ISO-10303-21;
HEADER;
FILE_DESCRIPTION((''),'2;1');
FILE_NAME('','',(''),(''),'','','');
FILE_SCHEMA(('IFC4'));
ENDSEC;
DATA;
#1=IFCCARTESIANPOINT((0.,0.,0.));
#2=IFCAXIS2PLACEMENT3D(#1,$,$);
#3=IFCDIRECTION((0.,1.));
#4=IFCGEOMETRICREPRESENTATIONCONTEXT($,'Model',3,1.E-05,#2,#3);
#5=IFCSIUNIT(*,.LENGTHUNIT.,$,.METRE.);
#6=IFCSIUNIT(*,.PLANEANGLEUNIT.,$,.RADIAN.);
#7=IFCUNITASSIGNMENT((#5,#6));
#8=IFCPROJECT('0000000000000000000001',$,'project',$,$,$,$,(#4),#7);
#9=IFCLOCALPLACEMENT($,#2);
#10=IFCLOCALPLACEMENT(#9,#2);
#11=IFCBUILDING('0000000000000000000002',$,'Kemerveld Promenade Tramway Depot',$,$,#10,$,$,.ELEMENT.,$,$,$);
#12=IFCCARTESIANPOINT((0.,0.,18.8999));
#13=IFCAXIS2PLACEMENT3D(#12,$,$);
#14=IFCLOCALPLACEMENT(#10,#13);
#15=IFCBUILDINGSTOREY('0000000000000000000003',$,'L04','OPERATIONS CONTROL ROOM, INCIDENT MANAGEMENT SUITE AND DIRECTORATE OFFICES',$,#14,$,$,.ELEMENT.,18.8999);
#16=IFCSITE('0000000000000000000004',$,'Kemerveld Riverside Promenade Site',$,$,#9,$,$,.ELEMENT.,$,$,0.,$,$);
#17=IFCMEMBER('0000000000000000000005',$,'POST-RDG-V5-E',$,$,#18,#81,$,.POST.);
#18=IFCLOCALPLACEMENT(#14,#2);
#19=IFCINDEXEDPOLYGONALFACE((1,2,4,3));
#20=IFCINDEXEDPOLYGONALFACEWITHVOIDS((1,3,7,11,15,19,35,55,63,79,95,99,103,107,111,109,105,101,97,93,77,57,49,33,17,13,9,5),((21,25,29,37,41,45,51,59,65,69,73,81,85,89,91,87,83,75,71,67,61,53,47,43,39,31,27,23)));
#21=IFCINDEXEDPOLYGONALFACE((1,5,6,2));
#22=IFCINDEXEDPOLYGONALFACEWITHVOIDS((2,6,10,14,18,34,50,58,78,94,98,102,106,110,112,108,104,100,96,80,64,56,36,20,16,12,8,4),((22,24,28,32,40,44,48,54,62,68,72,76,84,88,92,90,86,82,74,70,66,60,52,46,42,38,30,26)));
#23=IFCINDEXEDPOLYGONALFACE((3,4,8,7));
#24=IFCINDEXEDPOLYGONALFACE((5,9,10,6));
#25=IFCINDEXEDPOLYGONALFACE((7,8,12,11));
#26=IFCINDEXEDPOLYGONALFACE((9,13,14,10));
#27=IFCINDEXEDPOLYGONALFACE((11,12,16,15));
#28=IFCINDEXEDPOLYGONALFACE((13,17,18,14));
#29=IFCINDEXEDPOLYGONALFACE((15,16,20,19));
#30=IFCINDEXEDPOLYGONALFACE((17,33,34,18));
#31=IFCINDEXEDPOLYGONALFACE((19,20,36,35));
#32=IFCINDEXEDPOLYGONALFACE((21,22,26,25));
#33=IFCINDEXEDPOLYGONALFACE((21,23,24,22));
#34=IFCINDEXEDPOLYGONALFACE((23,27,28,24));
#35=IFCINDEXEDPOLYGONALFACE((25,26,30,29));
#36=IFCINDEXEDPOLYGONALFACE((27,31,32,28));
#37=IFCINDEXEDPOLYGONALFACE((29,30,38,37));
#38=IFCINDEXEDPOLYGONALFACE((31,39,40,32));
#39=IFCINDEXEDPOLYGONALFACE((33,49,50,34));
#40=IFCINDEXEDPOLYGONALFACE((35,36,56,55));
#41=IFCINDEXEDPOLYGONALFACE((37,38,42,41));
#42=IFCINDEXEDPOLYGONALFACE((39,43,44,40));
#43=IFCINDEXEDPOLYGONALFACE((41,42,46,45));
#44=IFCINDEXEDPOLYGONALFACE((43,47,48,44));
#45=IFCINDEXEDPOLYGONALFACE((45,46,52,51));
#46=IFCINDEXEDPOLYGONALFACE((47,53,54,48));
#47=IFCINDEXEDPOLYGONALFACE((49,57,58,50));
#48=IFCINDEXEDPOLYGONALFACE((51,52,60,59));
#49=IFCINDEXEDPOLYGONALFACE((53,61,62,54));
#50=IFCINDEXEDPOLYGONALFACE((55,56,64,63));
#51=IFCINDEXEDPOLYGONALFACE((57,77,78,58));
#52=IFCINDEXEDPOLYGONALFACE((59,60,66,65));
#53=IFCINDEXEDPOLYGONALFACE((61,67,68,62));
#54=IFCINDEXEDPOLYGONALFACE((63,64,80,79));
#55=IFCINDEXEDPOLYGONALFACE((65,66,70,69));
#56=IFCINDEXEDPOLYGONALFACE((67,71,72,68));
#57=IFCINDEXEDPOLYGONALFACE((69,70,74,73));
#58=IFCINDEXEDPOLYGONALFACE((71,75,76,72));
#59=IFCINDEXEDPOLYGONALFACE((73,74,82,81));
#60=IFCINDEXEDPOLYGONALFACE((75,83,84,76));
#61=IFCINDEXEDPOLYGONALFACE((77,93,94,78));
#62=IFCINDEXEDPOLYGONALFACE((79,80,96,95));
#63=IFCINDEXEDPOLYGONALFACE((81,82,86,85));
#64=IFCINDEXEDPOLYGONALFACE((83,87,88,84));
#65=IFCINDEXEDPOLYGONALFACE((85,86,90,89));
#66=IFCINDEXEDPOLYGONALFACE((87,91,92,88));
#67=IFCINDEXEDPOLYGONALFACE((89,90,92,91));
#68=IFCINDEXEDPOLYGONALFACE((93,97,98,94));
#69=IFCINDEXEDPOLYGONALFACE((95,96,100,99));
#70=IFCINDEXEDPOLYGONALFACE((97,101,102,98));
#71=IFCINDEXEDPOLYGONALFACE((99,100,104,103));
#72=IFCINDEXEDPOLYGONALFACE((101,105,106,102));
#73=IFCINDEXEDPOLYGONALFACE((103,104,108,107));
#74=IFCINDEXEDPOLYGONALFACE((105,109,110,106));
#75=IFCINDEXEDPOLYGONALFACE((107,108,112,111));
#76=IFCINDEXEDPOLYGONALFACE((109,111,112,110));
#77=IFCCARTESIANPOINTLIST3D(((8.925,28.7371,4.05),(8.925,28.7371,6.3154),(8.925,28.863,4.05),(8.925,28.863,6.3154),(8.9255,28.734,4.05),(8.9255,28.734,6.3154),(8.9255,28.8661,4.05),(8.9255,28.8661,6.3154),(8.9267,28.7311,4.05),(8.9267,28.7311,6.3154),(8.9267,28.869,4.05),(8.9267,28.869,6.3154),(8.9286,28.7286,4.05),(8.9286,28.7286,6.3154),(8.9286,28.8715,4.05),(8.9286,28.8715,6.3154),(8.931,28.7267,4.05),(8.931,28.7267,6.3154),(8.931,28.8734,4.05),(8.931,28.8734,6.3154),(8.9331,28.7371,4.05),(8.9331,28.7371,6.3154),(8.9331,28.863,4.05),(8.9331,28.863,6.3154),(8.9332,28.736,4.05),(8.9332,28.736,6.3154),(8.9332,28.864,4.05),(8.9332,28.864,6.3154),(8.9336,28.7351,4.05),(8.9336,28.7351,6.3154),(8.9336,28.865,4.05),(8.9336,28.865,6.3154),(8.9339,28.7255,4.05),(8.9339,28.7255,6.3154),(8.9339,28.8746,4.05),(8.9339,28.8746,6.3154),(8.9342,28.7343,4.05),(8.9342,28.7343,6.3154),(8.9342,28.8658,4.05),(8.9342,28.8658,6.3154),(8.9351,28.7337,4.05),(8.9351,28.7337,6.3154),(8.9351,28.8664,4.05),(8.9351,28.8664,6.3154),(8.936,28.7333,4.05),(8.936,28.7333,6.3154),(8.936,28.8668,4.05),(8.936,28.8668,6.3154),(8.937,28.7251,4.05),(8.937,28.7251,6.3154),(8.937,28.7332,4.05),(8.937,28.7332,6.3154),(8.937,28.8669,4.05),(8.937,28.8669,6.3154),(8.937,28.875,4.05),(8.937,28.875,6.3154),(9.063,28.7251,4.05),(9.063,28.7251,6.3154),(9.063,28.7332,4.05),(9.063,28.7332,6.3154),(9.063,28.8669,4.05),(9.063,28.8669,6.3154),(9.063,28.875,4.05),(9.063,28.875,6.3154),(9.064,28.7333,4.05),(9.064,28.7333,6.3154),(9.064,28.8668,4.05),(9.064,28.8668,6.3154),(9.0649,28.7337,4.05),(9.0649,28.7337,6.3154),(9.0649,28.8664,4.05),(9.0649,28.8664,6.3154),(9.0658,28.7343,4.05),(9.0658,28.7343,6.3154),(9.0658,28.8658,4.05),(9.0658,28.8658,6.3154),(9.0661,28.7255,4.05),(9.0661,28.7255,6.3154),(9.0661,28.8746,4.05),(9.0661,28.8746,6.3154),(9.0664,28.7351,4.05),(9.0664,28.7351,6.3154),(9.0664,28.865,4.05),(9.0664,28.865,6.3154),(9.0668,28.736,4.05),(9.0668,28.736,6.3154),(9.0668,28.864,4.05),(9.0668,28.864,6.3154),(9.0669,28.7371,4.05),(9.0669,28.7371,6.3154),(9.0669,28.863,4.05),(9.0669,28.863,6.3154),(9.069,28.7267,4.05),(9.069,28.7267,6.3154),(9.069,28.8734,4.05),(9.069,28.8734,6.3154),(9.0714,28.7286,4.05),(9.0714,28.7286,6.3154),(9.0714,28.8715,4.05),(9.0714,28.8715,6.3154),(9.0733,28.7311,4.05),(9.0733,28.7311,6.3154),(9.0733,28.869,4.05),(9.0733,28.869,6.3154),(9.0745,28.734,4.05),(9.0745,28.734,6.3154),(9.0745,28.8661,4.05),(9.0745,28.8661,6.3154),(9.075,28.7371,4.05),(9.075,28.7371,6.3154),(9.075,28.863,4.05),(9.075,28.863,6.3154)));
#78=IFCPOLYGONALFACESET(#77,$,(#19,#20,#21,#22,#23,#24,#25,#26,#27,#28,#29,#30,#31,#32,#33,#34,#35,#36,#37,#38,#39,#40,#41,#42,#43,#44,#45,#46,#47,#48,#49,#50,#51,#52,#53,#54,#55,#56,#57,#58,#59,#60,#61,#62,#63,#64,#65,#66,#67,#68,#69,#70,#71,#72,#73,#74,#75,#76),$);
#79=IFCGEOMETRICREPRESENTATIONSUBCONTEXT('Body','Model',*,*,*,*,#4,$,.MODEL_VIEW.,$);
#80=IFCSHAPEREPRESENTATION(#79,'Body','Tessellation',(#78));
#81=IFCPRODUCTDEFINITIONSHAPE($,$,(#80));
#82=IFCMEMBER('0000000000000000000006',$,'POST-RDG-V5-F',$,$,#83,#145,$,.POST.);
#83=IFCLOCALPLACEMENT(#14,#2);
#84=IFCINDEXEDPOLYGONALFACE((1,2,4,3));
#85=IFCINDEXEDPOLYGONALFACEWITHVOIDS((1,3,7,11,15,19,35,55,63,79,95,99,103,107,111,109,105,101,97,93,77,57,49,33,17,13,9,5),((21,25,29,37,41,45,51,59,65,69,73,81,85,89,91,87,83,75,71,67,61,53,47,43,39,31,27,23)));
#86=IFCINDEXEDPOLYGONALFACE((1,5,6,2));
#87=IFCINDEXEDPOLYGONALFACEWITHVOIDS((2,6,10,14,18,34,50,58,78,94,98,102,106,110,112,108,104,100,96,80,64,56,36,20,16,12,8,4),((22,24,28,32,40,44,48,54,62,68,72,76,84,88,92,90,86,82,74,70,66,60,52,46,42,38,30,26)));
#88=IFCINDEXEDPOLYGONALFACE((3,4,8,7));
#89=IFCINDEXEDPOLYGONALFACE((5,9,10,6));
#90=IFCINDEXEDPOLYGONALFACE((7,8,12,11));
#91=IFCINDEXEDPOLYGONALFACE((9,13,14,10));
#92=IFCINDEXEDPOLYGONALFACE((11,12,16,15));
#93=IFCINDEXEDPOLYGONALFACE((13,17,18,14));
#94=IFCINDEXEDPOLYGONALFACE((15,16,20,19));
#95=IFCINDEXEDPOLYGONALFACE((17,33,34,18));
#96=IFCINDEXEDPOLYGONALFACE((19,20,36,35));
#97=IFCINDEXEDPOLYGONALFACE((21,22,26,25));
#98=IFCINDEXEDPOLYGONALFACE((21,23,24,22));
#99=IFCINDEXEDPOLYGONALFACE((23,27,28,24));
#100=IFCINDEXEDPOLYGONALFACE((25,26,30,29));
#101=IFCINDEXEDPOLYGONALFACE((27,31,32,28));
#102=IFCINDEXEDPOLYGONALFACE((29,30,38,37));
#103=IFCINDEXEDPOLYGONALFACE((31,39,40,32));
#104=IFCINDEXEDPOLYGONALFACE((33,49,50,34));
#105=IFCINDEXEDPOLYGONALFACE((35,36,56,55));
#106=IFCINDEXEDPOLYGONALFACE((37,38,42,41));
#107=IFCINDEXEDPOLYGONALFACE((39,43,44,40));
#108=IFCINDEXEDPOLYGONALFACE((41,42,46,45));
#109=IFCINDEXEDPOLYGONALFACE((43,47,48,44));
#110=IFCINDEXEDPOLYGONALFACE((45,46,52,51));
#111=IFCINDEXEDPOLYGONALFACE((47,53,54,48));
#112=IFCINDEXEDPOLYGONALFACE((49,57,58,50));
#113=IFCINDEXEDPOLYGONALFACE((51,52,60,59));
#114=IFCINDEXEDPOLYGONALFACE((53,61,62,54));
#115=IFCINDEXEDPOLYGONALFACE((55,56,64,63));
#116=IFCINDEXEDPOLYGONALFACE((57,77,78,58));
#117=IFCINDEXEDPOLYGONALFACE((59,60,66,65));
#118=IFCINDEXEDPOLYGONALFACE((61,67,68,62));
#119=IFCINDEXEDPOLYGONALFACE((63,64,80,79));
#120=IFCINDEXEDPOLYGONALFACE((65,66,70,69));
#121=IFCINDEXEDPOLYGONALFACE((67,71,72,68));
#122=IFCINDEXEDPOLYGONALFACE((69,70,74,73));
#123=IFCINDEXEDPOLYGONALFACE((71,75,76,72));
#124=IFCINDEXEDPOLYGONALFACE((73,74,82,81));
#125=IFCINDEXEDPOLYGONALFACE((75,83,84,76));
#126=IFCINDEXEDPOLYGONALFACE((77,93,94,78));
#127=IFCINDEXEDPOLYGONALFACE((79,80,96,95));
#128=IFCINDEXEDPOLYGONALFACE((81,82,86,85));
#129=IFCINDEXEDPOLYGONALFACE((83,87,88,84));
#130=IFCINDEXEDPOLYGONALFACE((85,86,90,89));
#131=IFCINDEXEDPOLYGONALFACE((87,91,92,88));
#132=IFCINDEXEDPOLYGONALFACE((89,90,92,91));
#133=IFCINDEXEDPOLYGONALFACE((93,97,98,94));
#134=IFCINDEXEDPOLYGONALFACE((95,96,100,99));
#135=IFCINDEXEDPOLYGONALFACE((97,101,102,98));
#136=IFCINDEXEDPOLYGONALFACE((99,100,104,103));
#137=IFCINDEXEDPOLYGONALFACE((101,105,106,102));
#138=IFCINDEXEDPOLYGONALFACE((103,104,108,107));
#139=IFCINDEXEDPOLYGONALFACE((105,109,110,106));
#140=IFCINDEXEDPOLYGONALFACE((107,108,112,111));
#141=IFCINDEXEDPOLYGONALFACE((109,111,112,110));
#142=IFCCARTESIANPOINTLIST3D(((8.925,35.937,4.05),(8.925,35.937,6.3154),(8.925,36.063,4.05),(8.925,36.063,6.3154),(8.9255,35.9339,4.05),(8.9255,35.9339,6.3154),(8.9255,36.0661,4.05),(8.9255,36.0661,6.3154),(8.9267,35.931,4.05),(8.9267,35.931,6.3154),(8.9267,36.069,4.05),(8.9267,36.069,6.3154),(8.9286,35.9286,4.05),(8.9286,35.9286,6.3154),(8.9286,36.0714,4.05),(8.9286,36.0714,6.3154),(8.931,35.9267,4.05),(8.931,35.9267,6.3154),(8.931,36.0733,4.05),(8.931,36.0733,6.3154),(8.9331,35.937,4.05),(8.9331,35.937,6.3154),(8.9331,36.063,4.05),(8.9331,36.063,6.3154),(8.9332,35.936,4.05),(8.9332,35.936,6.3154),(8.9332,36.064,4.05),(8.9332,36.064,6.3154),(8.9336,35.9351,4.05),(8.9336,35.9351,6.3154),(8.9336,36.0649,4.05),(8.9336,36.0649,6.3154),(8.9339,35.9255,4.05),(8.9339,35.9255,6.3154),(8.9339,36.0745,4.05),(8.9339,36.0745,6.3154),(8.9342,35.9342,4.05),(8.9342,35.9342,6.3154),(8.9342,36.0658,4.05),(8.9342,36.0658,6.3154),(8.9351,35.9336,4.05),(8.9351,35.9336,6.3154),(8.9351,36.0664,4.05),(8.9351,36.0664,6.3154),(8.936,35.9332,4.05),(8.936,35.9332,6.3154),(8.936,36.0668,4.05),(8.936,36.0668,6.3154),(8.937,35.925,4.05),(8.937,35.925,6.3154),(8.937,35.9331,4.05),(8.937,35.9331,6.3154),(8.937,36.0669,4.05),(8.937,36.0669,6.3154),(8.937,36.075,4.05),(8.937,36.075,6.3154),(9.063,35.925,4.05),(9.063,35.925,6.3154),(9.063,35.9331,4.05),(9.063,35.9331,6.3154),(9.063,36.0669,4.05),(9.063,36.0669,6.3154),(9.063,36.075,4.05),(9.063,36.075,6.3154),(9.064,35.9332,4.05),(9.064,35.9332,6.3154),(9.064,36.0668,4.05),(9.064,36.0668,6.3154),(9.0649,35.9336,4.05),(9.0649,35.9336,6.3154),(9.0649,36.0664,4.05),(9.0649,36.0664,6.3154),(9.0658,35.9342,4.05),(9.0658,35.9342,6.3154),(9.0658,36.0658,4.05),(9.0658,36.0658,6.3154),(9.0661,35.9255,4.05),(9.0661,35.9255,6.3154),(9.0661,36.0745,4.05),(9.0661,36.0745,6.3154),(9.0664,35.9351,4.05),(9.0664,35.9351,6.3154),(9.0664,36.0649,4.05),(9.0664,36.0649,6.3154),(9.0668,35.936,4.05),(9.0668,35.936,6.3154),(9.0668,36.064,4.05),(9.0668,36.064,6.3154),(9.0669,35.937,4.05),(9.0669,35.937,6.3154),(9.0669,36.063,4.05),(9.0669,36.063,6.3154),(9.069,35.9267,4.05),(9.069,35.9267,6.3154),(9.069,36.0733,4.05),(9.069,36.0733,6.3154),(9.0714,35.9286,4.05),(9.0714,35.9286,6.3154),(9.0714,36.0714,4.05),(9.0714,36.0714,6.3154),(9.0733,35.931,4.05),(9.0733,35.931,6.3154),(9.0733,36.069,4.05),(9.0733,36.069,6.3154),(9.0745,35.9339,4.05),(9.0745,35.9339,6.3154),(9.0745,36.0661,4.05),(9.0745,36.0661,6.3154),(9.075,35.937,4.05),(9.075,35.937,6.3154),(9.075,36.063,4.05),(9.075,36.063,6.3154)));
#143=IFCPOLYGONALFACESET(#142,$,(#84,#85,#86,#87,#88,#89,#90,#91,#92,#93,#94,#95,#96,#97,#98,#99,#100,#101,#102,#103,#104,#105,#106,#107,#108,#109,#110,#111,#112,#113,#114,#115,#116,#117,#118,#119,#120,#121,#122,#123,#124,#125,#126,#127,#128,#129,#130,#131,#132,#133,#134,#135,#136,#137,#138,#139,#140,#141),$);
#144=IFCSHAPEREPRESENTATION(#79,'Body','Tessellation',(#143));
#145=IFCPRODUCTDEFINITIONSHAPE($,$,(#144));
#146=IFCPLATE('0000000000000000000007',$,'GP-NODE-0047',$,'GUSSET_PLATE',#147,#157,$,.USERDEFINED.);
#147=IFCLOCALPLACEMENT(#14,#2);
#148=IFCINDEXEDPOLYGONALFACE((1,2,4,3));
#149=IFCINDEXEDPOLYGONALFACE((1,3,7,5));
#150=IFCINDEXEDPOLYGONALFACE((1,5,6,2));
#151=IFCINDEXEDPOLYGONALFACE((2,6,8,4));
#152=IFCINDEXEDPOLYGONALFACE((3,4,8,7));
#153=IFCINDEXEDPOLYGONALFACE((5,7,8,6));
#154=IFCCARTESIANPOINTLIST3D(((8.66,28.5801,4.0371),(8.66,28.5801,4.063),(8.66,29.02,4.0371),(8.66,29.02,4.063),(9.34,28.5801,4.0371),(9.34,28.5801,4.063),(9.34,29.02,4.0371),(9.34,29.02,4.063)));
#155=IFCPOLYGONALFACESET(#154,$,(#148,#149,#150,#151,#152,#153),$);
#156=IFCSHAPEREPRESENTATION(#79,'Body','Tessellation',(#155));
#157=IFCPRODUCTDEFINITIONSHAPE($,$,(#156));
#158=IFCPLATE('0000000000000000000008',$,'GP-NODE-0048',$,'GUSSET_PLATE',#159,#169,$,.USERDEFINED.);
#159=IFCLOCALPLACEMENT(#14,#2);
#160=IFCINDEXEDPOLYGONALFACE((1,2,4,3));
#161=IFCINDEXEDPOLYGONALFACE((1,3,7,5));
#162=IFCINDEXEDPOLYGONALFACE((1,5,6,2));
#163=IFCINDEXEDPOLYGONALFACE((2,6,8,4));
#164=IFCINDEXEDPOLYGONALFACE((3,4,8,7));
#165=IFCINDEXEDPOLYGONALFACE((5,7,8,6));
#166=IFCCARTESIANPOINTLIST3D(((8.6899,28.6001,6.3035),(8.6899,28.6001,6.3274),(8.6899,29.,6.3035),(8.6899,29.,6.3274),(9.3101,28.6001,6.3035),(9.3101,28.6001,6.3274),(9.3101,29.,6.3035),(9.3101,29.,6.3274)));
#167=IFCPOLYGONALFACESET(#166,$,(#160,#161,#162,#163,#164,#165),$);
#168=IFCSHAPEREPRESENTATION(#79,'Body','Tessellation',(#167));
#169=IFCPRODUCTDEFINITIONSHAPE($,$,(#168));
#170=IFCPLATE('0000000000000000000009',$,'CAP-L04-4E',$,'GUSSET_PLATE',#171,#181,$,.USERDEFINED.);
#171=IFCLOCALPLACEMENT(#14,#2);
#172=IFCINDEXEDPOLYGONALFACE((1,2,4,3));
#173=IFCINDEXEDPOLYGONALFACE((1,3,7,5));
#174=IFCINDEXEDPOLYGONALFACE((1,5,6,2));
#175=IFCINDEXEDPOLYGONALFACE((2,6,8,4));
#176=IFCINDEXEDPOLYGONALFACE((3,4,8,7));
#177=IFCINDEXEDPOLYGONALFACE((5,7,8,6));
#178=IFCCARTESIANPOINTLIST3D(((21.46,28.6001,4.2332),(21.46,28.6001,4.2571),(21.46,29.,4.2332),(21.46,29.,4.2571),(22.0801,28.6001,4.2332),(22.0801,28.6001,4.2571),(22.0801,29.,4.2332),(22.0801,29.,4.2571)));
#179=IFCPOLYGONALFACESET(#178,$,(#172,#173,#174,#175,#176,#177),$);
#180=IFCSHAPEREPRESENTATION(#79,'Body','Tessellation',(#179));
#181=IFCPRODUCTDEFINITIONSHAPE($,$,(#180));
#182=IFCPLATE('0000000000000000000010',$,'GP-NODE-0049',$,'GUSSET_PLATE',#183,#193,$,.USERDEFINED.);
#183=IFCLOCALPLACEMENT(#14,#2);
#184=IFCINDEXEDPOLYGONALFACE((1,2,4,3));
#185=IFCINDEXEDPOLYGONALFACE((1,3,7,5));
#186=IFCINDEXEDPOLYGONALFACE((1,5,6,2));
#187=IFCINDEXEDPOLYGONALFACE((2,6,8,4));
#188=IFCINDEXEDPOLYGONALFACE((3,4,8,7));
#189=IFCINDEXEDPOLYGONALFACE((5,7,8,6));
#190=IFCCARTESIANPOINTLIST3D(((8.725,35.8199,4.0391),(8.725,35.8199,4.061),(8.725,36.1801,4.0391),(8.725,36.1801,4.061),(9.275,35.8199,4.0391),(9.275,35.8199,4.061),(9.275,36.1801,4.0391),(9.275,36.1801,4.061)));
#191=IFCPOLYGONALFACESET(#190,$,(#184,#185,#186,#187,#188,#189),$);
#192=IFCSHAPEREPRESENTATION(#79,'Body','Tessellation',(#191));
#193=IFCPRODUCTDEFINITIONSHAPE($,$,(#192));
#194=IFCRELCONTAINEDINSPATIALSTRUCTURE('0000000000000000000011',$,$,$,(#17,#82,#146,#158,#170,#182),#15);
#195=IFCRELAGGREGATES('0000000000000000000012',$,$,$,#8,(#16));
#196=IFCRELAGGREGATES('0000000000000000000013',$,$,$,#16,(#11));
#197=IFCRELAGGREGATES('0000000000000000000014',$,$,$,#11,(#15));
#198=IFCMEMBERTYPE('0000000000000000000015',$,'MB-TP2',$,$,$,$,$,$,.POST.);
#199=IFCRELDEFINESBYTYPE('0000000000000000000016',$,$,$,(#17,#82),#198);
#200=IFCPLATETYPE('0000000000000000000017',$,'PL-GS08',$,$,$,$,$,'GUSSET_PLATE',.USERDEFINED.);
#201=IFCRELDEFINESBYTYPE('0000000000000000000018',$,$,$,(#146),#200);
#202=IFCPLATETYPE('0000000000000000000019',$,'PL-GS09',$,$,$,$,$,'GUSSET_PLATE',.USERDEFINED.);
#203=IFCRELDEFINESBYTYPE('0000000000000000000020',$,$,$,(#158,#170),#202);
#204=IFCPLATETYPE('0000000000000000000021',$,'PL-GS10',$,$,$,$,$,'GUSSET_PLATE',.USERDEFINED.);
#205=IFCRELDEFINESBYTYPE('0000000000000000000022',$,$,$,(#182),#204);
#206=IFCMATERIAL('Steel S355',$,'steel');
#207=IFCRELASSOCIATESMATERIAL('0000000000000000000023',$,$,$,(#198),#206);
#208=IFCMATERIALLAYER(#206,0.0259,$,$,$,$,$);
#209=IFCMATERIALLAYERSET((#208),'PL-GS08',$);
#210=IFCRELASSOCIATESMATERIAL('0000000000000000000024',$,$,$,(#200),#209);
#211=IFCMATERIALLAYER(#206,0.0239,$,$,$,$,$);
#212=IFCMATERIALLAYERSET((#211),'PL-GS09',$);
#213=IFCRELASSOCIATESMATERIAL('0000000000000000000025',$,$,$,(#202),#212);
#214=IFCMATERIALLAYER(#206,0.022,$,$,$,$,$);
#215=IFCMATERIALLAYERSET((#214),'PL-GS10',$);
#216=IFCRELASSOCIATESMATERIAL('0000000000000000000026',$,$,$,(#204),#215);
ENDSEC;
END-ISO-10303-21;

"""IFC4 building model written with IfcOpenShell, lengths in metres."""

from ifc_helpers import new_model, si_unit, direction, frame, origin, origin_2d, place, context, subcontext, project, spatial, rectangle, hollow_rectangle, extrude, material, layer, layer_set, material_profile, profile_set, type_object, element, save


model = new_model("IFC4")

# Units and contexts
model_context = context("Model", 3, precision=1e-05, world=origin(), true_north=direction((0.0, 1.0)))
body_context = subcontext(model_context, "Body", "Model", "MODEL_VIEW")
ifc_project = project(units=[si_unit("LENGTHUNIT", "METRE"), si_unit("PLANEANGLEUNIT", "RADIAN")], contexts=[model_context])

# Site, building, storey
site_placement = place(None, origin())
site = spatial("IfcSite", under=ifc_project, at=site_placement, Name="Kemerveld Riverside Promenade Site", CompositionType="ELEMENT", RefElevation=0.0)
building_placement = place(site_placement, origin())
building = spatial("IfcBuilding", under=site, at=building_placement, Name="Kemerveld Promenade Tramway Depot", CompositionType="ELEMENT")
storey_placement = place(building_placement, frame((0.0, 0.0, 18.8999)))
storey = spatial("IfcBuildingStorey", under=building, at=storey_placement, Name="L04", Description="OPERATIONS CONTROL ROOM, INCIDENT MANAGEMENT SUITE AND DIRECTORATE OFFICES", CompositionType="ELEMENT", Elevation=18.8999)

# Shared definitions
ifc_material_1 = material(Name="Steel S355", Category="steel")

# Members
ifc_material_profile_1 = material_profile(ifc_material_1, hollow_rectangle(XDim=0.1499, YDim=0.1499, WallThickness=0.0081, InnerFilletRadius=0.0039, OuterFilletRadius=0.012, at=origin_2d()), Name="150x150x8.0 SHS")
ifc_profile_set_1 = profile_set([ifc_material_profile_1], Name="Steel S355")
member_type = type_object("IfcMemberType", Name="MB-TP2", PredefinedType="POST", material=ifc_profile_set_1)
for number, where, z_axis, x_axis, name in (
    (1, (9.0, 28.8, 4.05), (0.0, 0.0, 1.0), (1.0, 0.0, 0.0), "POST-RDG-V5-E"),
    (2, (9.0, 36.0, 4.05), (0.0, 0.0, 1.0), (1.0, 0.0, 0.0), "POST-RDG-V5-F"),
):
    element("IfcMember", number, at=place(storey_placement, frame(where, z_axis=z_axis, x_axis=x_axis)), inside=storey, type_object=member_type, Name=name, PredefinedType="POST", context=body_context, shape_type="SweptSolid", body=[
        extrude(hollow_rectangle(XDim=0.1499, YDim=0.1499, WallThickness=0.0081, InnerFilletRadius=0.0039, OuterFilletRadius=0.012, at=origin_2d()), origin(), (0.0, 0.0, 1.0), 2.2654),
    ])

# Plates
ifc_layer_1 = layer(ifc_material_1, 0.0259)
ifc_layer_set_1 = layer_set([ifc_layer_1], Name="PL-GS08")
plate_type_1 = type_object("IfcPlateType", Name="PL-GS08", ElementType="GUSSET_PLATE", PredefinedType="USERDEFINED", material=ifc_layer_set_1)
plate_1_placement = place(storey_placement, frame((9.0, 28.8, 4.0371), z_axis=(0.0, 0.0, 1.0), x_axis=(1.0, 0.0, 0.0)))
element("IfcPlate", 3, at=plate_1_placement, inside=storey, type_object=plate_type_1, Name="GP-NODE-0047", ObjectType="GUSSET_PLATE", PredefinedType="USERDEFINED", context=body_context, shape_type="SweptSolid", body=[
    extrude(rectangle(XDim=0.6799, YDim=0.4399, at=origin_2d()), origin(), (0.0, 0.0, 1.0), 0.0259),
])
ifc_layer_2 = layer(ifc_material_1, 0.0239)
ifc_layer_set_2 = layer_set([ifc_layer_2], Name="PL-GS09")
plate_type_2 = type_object("IfcPlateType", Name="PL-GS09", ElementType="GUSSET_PLATE", PredefinedType="USERDEFINED", material=ifc_layer_set_2)
for number, where, z_axis, x_axis, name in (
    (4, (9.0, 28.8, 6.3035), (0.0, 0.0, 1.0), (1.0, 0.0, 0.0), "GP-NODE-0048"),
    (5, (21.77, 28.8, 4.2332), (0.0, 0.0, 1.0), (1.0, 0.0, 0.0), "CAP-L04-4E"),
):
    element("IfcPlate", number, at=place(storey_placement, frame(where, z_axis=z_axis, x_axis=x_axis)), inside=storey, type_object=plate_type_2, Name=name, ObjectType="GUSSET_PLATE", PredefinedType="USERDEFINED", context=body_context, shape_type="SweptSolid", body=[
        extrude(rectangle(XDim=0.6201, YDim=0.3999, at=origin_2d()), origin(), (0.0, 0.0, 1.0), 0.0239),
    ])
ifc_layer_3 = layer(ifc_material_1, 0.022)
ifc_layer_set_3 = layer_set([ifc_layer_3], Name="PL-GS10")
plate_type_3 = type_object("IfcPlateType", Name="PL-GS10", ElementType="GUSSET_PLATE", PredefinedType="USERDEFINED", material=ifc_layer_set_3)
plate_2_placement = place(storey_placement, frame((9.0, 36.0, 4.0391), z_axis=(0.0, 0.0, 1.0), x_axis=(1.0, 0.0, 0.0)))
element("IfcPlate", 6, at=plate_2_placement, inside=storey, type_object=plate_type_3, Name="GP-NODE-0049", ObjectType="GUSSET_PLATE", PredefinedType="USERDEFINED", context=body_context, shape_type="SweptSolid", body=[
    extrude(rectangle(XDim=0.55, YDim=0.3601, at=origin_2d()), origin(), (0.0, 0.0, 1.0), 0.022),
])

save(model, "model.ifc")
